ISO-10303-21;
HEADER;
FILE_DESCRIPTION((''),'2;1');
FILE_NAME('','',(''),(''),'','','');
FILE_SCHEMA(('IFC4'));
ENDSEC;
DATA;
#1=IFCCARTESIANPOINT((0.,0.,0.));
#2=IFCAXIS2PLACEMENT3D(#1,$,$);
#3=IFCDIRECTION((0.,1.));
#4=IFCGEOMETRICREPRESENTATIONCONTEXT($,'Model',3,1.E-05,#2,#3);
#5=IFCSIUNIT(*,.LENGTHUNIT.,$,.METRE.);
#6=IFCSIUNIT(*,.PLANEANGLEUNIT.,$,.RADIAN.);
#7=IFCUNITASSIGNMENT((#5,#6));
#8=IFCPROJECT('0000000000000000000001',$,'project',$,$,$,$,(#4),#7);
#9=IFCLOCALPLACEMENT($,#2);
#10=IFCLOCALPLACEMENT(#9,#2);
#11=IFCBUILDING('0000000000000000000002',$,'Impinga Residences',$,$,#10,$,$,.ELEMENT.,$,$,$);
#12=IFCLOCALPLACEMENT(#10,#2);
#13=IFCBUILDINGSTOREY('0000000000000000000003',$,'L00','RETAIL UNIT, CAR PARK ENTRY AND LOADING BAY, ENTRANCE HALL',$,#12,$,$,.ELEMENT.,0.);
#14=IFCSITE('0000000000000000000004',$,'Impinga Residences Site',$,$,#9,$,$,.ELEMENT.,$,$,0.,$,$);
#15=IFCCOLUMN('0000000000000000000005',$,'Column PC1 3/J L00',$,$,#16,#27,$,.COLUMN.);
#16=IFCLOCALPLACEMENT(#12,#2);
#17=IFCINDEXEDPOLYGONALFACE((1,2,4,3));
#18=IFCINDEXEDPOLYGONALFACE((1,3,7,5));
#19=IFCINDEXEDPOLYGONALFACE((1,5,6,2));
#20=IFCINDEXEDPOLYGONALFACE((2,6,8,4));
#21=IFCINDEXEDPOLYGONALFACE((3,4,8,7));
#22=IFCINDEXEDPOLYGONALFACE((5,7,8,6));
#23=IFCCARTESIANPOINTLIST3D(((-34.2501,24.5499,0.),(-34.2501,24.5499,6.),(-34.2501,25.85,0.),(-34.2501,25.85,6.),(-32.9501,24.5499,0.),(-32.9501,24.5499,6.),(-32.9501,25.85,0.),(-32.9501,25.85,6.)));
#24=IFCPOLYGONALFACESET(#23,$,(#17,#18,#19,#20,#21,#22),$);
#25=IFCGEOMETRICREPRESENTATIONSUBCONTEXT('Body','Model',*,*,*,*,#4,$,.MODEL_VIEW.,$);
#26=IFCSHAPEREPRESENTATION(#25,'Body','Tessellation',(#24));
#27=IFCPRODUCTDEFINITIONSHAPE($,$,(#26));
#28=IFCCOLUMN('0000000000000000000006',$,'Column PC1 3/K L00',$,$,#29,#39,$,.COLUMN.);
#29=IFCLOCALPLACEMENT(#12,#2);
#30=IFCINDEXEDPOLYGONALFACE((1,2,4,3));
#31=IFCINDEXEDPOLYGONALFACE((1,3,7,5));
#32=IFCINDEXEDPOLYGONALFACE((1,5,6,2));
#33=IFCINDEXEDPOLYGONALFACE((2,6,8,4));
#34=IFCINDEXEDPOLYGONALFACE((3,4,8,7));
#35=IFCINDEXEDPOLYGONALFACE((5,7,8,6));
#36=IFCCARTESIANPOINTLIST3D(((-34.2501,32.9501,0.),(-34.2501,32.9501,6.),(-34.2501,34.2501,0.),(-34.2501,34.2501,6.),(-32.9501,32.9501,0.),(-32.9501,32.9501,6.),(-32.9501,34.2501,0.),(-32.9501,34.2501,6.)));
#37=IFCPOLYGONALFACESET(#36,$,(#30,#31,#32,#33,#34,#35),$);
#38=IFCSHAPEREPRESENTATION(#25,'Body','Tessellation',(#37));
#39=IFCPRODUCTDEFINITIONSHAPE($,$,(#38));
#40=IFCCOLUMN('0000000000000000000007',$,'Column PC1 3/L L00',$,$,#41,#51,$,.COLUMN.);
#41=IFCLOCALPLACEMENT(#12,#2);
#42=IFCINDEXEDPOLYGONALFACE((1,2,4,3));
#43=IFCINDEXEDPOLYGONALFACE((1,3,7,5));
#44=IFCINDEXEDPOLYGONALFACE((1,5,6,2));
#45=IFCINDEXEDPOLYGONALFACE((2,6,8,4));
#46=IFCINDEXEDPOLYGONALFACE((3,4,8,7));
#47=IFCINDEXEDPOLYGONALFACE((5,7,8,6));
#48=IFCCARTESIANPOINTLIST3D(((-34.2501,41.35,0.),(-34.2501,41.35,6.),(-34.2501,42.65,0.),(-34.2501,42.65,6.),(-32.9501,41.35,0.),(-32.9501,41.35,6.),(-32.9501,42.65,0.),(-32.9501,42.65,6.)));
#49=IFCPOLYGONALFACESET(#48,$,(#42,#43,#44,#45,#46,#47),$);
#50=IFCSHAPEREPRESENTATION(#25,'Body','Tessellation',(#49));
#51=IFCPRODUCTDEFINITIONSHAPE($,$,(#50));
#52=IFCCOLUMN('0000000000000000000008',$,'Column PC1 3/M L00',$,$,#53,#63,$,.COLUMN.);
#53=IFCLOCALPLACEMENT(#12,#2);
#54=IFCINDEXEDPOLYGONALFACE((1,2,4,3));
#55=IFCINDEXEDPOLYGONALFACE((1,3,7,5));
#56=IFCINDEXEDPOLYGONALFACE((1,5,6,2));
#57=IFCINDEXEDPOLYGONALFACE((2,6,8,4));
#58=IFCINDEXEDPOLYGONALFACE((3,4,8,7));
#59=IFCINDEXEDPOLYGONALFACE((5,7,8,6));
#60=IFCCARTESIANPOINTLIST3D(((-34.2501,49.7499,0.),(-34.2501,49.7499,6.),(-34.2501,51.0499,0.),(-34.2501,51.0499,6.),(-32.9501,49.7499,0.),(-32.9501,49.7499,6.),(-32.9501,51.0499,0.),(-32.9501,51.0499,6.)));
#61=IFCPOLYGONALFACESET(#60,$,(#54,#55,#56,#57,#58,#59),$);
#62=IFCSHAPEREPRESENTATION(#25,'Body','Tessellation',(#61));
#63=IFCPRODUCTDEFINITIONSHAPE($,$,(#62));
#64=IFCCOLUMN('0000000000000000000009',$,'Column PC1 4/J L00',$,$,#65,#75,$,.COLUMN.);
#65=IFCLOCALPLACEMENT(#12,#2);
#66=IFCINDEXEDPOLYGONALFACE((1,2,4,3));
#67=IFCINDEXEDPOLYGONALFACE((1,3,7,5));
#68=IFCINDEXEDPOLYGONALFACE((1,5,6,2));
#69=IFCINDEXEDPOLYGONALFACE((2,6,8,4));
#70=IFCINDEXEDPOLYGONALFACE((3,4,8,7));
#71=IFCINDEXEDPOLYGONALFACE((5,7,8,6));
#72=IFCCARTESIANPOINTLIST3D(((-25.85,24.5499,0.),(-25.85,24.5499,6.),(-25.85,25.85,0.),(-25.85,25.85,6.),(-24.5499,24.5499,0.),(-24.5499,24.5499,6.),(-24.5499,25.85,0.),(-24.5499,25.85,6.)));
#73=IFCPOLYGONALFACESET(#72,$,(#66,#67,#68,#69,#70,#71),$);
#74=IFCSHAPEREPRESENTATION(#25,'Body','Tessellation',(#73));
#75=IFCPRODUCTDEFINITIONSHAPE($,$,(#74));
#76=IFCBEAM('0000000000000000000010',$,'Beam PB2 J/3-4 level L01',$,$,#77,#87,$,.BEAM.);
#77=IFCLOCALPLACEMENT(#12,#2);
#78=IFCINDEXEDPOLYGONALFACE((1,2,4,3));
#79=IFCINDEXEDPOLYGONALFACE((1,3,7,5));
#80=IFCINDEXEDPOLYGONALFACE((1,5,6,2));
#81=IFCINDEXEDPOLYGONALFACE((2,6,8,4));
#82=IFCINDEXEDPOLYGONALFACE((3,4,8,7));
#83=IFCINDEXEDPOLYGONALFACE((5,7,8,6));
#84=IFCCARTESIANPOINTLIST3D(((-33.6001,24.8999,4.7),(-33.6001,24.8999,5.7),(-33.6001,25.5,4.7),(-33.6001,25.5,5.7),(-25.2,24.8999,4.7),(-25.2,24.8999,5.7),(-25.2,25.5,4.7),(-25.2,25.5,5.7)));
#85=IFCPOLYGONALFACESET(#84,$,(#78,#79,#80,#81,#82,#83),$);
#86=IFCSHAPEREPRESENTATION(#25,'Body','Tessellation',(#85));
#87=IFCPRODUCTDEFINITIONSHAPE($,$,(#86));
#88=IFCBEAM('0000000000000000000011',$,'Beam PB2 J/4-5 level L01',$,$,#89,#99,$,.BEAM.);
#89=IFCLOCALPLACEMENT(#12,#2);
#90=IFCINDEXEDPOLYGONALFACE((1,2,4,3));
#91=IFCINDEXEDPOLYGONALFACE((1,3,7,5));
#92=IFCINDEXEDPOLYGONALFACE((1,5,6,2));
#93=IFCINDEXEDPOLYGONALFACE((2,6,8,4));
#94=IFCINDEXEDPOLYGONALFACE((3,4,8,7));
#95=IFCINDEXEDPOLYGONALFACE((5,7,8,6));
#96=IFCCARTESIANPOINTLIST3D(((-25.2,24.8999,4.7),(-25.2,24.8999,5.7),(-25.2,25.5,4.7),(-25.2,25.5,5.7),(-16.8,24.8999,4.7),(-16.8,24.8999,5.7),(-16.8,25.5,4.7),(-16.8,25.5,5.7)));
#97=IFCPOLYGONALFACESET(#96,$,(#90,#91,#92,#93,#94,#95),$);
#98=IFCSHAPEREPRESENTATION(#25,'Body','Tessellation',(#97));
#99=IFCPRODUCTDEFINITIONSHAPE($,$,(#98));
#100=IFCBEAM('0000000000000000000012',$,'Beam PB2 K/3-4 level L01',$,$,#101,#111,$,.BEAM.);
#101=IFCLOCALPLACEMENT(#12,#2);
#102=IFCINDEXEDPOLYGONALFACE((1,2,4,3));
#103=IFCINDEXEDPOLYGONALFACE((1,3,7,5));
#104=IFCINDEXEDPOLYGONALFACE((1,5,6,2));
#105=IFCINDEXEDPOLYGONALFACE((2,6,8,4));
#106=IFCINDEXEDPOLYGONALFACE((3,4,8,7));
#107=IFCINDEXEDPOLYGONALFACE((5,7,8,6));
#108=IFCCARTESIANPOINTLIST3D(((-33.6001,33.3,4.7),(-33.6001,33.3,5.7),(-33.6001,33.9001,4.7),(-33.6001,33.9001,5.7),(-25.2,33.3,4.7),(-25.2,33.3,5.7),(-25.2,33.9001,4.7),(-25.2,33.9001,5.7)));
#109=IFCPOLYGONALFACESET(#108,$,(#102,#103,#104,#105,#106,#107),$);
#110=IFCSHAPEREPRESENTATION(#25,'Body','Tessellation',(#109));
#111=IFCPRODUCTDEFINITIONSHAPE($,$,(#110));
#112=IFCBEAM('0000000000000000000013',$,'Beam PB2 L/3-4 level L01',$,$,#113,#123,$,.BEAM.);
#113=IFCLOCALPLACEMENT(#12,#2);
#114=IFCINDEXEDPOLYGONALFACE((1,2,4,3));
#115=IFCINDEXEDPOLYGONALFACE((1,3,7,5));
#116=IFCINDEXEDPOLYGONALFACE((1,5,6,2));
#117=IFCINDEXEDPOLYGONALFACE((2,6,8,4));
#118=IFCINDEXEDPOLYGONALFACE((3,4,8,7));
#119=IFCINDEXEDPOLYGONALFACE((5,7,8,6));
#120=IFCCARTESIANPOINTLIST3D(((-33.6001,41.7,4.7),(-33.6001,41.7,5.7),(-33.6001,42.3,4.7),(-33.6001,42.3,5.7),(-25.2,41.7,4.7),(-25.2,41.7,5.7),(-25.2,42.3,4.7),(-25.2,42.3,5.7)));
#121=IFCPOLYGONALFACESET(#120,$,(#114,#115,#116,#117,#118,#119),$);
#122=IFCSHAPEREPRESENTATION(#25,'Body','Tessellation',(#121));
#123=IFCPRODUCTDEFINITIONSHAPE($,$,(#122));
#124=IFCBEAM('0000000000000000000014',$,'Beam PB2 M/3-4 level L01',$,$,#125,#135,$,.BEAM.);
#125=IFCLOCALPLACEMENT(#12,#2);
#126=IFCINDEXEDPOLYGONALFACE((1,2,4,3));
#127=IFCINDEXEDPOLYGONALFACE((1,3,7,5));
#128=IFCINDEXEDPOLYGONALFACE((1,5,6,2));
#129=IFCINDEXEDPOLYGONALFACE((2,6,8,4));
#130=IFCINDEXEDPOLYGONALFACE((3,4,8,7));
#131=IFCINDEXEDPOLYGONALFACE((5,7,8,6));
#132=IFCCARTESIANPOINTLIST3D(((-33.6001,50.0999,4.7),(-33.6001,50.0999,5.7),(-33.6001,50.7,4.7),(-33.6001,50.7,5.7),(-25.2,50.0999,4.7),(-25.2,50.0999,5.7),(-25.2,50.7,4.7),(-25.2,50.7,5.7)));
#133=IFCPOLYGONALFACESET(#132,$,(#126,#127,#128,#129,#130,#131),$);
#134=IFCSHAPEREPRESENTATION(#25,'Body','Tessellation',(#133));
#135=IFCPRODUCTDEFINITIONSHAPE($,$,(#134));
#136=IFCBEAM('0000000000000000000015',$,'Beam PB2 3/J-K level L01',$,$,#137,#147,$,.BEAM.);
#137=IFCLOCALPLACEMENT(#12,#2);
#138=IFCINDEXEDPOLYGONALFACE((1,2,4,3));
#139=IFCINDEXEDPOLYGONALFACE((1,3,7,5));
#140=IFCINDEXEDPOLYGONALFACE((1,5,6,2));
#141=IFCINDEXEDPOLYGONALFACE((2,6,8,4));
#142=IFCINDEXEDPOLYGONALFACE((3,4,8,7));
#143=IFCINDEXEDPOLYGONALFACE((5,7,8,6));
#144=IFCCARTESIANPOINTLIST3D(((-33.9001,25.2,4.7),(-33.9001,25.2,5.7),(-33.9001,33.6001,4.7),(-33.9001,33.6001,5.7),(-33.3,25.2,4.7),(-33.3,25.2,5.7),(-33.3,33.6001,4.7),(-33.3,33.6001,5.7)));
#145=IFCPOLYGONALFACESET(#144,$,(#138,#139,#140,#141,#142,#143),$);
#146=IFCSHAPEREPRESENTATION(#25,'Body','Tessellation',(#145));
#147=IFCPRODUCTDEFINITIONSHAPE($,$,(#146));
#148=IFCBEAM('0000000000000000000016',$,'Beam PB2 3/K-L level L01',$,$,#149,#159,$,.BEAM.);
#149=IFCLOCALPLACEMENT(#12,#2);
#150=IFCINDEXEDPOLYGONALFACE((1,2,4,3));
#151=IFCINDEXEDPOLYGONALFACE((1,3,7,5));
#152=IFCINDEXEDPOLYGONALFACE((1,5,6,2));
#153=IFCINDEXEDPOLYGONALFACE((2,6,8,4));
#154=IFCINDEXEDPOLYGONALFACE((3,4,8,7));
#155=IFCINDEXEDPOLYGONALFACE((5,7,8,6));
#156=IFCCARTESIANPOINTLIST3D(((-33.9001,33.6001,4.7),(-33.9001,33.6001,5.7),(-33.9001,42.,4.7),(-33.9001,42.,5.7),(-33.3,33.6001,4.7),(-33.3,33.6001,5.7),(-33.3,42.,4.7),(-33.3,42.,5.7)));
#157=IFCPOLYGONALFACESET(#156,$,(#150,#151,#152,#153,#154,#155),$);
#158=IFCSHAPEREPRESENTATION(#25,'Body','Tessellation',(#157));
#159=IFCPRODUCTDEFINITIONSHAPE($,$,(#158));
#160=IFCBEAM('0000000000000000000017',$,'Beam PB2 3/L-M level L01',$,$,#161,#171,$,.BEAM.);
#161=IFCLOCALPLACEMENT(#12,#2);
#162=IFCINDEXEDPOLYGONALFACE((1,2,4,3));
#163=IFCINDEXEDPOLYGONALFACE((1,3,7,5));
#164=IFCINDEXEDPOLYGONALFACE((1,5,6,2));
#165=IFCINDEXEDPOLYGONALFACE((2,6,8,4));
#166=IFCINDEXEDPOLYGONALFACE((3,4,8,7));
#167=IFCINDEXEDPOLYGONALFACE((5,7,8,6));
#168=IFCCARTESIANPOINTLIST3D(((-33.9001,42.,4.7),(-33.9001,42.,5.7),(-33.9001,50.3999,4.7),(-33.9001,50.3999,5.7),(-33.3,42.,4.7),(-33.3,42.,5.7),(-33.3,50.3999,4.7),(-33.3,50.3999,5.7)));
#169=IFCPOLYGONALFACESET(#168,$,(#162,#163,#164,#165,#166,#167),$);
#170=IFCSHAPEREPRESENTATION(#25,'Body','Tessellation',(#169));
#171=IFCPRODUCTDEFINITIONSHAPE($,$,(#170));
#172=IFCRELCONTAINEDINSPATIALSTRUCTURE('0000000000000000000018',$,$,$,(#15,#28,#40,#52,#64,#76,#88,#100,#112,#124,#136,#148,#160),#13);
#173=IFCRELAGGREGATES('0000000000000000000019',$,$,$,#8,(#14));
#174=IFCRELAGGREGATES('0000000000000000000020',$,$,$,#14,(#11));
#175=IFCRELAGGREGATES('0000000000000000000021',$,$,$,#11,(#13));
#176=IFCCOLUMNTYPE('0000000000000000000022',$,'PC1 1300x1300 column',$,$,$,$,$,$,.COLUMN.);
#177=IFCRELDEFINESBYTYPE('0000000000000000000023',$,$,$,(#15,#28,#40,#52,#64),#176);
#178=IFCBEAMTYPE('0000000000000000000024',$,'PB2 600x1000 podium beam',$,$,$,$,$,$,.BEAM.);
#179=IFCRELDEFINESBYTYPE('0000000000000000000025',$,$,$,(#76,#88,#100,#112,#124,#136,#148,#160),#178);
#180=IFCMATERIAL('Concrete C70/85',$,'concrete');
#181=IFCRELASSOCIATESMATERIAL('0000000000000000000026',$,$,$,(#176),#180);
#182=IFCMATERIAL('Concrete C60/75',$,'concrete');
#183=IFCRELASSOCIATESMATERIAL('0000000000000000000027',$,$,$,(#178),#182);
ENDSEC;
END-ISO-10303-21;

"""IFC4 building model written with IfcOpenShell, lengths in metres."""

from ifc_helpers import new_model, si_unit, direction, frame, origin, origin_2d, place, context, subcontext, project, spatial, rectangle, extrude, material, material_profile, profile_set, type_object, element, save


model = new_model("IFC4")

# Units and contexts
model_context = context("Model", 3, precision=1e-05, world=origin(), true_north=direction((0.0, 1.0)))
body_context = subcontext(model_context, "Body", "Model", "MODEL_VIEW")
ifc_project = project(units=[si_unit("LENGTHUNIT", "METRE"), si_unit("PLANEANGLEUNIT", "RADIAN")], contexts=[model_context])

# Site, building, storey
site_placement = place(None, origin())
site = spatial("IfcSite", under=ifc_project, at=site_placement, Name="Impinga Residences Site", CompositionType="ELEMENT", RefElevation=0.0)
building_placement = place(site_placement, origin())
building = spatial("IfcBuilding", under=site, at=building_placement, Name="Impinga Residences", CompositionType="ELEMENT")
storey_placement = place(building_placement, origin())
storey = spatial("IfcBuildingStorey", under=building, at=storey_placement, Name="L00", Description="RETAIL UNIT, CAR PARK ENTRY AND LOADING BAY, ENTRANCE HALL", CompositionType="ELEMENT", Elevation=0.0)

# Columns
ifc_material_1 = material(Name="Concrete C70/85", Category="concrete")
ifc_material_profile_1 = material_profile(ifc_material_1, rectangle(XDim=1.3, YDim=1.3, at=origin_2d()), Name="RC 1300x1300")
ifc_profile_set_1 = profile_set([ifc_material_profile_1], Name="Concrete C70/85")
column_type = type_object("IfcColumnType", Name="PC1 1300x1300 column", PredefinedType="COLUMN", material=ifc_profile_set_1)
for number, where, z_axis, x_axis, name in (
    (1, (-33.6001, 25.2, 0.0), (0.0, 0.0, 1.0), (1.0, 0.0, 0.0), "Column PC1 3/J L00"),
    (2, (-33.6001, 33.6001, 0.0), (0.0, 0.0, 1.0), (1.0, 0.0, 0.0), "Column PC1 3/K L00"),
    (3, (-33.6001, 42.0, 0.0), (0.0, 0.0, 1.0), (1.0, 0.0, 0.0), "Column PC1 3/L L00"),
    (4, (-33.6001, 50.3999, 0.0), (0.0, 0.0, 1.0), (1.0, 0.0, 0.0), "Column PC1 3/M L00"),
    (5, (-25.2, 25.2, 0.0), (0.0, 0.0, 1.0), (1.0, 0.0, 0.0), "Column PC1 4/J L00"),
):
    element("IfcColumn", number, at=place(storey_placement, frame(where, z_axis=z_axis, x_axis=x_axis)), inside=storey, type_object=column_type, Name=name, PredefinedType="COLUMN", context=body_context, shape_type="SweptSolid", body=[
        extrude(rectangle(XDim=1.3, YDim=1.3, at=origin_2d()), origin(), (0.0, 0.0, 1.0), 6.0),
    ])

# Beams
ifc_material_2 = material(Name="Concrete C60/75", Category="concrete")
ifc_material_profile_2 = material_profile(ifc_material_2, rectangle(XDim=0.6001, YDim=1.0, at=origin_2d()), Name="RC 600x1000")
ifc_profile_set_2 = profile_set([ifc_material_profile_2], Name="Concrete C60/75")
beam_type = type_object("IfcBeamType", Name="PB2 600x1000 podium beam", PredefinedType="BEAM", material=ifc_profile_set_2)
beam_1_placement = place(storey_placement, frame((-33.6001, 25.2, 5.2), z_axis=(1.0, 0.0, 0.0), x_axis=(0.0, 1.0, 0.0)))
element("IfcBeam", 6, at=beam_1_placement, inside=storey, type_object=beam_type, Name="Beam PB2 J/3-4 level L01", PredefinedType="BEAM", context=body_context, shape_type="SweptSolid", body=[
    extrude(rectangle(XDim=0.6001, YDim=1.0, at=origin_2d()), origin(), (0.0, 0.0, 1.0), 8.4001),
])
beam_2_placement = place(storey_placement, frame((-25.2, 25.2, 5.2), z_axis=(1.0, 0.0, 0.0), x_axis=(0.0, 1.0, 0.0)))
element("IfcBeam", 7, at=beam_2_placement, inside=storey, type_object=beam_type, Name="Beam PB2 J/4-5 level L01", PredefinedType="BEAM", context=body_context, shape_type="SweptSolid", body=[
    extrude(rectangle(XDim=0.6001, YDim=1.0, at=origin_2d()), origin(), (0.0, 0.0, 1.0), 8.3999),
])
for number, where, z_axis, x_axis, name in (
    (8, (-33.6001, 33.6001, 5.2), (1.0, 0.0, 0.0), (0.0, 1.0, 0.0), "Beam PB2 K/3-4 level L01"),
    (9, (-33.6001, 42.0, 5.2), (1.0, 0.0, 0.0), (0.0, 1.0, 0.0), "Beam PB2 L/3-4 level L01"),
    (10, (-33.6001, 50.3999, 5.2), (1.0, 0.0, 0.0), (0.0, 1.0, 0.0), "Beam PB2 M/3-4 level L01"),
    (11, (-33.6001, 25.2, 5.2), (0.0, 1.0, 0.0), (-1.0, 0.0, 0.0), "Beam PB2 3/J-K level L01"),
):
    element("IfcBeam", number, at=place(storey_placement, frame(where, z_axis=z_axis, x_axis=x_axis)), inside=storey, type_object=beam_type, Name=name, PredefinedType="BEAM", context=body_context, shape_type="SweptSolid", body=[
        extrude(rectangle(XDim=0.6001, YDim=1.0, at=origin_2d()), origin(), (0.0, 0.0, 1.0), 8.4001),
    ])
for number, where, z_axis, x_axis, name in (
    (12, (-33.6001, 33.6001, 5.2), (0.0, 1.0, 0.0), (-1.0, 0.0, 0.0), "Beam PB2 3/K-L level L01"),
    (13, (-33.6001, 42.0, 5.2), (0.0, 1.0, 0.0), (-1.0, 0.0, 0.0), "Beam PB2 3/L-M level L01"),
):
    element("IfcBeam", number, at=place(storey_placement, frame(where, z_axis=z_axis, x_axis=x_axis)), inside=storey, type_object=beam_type, Name=name, PredefinedType="BEAM", context=body_context, shape_type="SweptSolid", body=[
        extrude(rectangle(XDim=0.6001, YDim=1.0, at=origin_2d()), origin(), (0.0, 0.0, 1.0), 8.3999),
    ])

save(model, "model.ifc")
